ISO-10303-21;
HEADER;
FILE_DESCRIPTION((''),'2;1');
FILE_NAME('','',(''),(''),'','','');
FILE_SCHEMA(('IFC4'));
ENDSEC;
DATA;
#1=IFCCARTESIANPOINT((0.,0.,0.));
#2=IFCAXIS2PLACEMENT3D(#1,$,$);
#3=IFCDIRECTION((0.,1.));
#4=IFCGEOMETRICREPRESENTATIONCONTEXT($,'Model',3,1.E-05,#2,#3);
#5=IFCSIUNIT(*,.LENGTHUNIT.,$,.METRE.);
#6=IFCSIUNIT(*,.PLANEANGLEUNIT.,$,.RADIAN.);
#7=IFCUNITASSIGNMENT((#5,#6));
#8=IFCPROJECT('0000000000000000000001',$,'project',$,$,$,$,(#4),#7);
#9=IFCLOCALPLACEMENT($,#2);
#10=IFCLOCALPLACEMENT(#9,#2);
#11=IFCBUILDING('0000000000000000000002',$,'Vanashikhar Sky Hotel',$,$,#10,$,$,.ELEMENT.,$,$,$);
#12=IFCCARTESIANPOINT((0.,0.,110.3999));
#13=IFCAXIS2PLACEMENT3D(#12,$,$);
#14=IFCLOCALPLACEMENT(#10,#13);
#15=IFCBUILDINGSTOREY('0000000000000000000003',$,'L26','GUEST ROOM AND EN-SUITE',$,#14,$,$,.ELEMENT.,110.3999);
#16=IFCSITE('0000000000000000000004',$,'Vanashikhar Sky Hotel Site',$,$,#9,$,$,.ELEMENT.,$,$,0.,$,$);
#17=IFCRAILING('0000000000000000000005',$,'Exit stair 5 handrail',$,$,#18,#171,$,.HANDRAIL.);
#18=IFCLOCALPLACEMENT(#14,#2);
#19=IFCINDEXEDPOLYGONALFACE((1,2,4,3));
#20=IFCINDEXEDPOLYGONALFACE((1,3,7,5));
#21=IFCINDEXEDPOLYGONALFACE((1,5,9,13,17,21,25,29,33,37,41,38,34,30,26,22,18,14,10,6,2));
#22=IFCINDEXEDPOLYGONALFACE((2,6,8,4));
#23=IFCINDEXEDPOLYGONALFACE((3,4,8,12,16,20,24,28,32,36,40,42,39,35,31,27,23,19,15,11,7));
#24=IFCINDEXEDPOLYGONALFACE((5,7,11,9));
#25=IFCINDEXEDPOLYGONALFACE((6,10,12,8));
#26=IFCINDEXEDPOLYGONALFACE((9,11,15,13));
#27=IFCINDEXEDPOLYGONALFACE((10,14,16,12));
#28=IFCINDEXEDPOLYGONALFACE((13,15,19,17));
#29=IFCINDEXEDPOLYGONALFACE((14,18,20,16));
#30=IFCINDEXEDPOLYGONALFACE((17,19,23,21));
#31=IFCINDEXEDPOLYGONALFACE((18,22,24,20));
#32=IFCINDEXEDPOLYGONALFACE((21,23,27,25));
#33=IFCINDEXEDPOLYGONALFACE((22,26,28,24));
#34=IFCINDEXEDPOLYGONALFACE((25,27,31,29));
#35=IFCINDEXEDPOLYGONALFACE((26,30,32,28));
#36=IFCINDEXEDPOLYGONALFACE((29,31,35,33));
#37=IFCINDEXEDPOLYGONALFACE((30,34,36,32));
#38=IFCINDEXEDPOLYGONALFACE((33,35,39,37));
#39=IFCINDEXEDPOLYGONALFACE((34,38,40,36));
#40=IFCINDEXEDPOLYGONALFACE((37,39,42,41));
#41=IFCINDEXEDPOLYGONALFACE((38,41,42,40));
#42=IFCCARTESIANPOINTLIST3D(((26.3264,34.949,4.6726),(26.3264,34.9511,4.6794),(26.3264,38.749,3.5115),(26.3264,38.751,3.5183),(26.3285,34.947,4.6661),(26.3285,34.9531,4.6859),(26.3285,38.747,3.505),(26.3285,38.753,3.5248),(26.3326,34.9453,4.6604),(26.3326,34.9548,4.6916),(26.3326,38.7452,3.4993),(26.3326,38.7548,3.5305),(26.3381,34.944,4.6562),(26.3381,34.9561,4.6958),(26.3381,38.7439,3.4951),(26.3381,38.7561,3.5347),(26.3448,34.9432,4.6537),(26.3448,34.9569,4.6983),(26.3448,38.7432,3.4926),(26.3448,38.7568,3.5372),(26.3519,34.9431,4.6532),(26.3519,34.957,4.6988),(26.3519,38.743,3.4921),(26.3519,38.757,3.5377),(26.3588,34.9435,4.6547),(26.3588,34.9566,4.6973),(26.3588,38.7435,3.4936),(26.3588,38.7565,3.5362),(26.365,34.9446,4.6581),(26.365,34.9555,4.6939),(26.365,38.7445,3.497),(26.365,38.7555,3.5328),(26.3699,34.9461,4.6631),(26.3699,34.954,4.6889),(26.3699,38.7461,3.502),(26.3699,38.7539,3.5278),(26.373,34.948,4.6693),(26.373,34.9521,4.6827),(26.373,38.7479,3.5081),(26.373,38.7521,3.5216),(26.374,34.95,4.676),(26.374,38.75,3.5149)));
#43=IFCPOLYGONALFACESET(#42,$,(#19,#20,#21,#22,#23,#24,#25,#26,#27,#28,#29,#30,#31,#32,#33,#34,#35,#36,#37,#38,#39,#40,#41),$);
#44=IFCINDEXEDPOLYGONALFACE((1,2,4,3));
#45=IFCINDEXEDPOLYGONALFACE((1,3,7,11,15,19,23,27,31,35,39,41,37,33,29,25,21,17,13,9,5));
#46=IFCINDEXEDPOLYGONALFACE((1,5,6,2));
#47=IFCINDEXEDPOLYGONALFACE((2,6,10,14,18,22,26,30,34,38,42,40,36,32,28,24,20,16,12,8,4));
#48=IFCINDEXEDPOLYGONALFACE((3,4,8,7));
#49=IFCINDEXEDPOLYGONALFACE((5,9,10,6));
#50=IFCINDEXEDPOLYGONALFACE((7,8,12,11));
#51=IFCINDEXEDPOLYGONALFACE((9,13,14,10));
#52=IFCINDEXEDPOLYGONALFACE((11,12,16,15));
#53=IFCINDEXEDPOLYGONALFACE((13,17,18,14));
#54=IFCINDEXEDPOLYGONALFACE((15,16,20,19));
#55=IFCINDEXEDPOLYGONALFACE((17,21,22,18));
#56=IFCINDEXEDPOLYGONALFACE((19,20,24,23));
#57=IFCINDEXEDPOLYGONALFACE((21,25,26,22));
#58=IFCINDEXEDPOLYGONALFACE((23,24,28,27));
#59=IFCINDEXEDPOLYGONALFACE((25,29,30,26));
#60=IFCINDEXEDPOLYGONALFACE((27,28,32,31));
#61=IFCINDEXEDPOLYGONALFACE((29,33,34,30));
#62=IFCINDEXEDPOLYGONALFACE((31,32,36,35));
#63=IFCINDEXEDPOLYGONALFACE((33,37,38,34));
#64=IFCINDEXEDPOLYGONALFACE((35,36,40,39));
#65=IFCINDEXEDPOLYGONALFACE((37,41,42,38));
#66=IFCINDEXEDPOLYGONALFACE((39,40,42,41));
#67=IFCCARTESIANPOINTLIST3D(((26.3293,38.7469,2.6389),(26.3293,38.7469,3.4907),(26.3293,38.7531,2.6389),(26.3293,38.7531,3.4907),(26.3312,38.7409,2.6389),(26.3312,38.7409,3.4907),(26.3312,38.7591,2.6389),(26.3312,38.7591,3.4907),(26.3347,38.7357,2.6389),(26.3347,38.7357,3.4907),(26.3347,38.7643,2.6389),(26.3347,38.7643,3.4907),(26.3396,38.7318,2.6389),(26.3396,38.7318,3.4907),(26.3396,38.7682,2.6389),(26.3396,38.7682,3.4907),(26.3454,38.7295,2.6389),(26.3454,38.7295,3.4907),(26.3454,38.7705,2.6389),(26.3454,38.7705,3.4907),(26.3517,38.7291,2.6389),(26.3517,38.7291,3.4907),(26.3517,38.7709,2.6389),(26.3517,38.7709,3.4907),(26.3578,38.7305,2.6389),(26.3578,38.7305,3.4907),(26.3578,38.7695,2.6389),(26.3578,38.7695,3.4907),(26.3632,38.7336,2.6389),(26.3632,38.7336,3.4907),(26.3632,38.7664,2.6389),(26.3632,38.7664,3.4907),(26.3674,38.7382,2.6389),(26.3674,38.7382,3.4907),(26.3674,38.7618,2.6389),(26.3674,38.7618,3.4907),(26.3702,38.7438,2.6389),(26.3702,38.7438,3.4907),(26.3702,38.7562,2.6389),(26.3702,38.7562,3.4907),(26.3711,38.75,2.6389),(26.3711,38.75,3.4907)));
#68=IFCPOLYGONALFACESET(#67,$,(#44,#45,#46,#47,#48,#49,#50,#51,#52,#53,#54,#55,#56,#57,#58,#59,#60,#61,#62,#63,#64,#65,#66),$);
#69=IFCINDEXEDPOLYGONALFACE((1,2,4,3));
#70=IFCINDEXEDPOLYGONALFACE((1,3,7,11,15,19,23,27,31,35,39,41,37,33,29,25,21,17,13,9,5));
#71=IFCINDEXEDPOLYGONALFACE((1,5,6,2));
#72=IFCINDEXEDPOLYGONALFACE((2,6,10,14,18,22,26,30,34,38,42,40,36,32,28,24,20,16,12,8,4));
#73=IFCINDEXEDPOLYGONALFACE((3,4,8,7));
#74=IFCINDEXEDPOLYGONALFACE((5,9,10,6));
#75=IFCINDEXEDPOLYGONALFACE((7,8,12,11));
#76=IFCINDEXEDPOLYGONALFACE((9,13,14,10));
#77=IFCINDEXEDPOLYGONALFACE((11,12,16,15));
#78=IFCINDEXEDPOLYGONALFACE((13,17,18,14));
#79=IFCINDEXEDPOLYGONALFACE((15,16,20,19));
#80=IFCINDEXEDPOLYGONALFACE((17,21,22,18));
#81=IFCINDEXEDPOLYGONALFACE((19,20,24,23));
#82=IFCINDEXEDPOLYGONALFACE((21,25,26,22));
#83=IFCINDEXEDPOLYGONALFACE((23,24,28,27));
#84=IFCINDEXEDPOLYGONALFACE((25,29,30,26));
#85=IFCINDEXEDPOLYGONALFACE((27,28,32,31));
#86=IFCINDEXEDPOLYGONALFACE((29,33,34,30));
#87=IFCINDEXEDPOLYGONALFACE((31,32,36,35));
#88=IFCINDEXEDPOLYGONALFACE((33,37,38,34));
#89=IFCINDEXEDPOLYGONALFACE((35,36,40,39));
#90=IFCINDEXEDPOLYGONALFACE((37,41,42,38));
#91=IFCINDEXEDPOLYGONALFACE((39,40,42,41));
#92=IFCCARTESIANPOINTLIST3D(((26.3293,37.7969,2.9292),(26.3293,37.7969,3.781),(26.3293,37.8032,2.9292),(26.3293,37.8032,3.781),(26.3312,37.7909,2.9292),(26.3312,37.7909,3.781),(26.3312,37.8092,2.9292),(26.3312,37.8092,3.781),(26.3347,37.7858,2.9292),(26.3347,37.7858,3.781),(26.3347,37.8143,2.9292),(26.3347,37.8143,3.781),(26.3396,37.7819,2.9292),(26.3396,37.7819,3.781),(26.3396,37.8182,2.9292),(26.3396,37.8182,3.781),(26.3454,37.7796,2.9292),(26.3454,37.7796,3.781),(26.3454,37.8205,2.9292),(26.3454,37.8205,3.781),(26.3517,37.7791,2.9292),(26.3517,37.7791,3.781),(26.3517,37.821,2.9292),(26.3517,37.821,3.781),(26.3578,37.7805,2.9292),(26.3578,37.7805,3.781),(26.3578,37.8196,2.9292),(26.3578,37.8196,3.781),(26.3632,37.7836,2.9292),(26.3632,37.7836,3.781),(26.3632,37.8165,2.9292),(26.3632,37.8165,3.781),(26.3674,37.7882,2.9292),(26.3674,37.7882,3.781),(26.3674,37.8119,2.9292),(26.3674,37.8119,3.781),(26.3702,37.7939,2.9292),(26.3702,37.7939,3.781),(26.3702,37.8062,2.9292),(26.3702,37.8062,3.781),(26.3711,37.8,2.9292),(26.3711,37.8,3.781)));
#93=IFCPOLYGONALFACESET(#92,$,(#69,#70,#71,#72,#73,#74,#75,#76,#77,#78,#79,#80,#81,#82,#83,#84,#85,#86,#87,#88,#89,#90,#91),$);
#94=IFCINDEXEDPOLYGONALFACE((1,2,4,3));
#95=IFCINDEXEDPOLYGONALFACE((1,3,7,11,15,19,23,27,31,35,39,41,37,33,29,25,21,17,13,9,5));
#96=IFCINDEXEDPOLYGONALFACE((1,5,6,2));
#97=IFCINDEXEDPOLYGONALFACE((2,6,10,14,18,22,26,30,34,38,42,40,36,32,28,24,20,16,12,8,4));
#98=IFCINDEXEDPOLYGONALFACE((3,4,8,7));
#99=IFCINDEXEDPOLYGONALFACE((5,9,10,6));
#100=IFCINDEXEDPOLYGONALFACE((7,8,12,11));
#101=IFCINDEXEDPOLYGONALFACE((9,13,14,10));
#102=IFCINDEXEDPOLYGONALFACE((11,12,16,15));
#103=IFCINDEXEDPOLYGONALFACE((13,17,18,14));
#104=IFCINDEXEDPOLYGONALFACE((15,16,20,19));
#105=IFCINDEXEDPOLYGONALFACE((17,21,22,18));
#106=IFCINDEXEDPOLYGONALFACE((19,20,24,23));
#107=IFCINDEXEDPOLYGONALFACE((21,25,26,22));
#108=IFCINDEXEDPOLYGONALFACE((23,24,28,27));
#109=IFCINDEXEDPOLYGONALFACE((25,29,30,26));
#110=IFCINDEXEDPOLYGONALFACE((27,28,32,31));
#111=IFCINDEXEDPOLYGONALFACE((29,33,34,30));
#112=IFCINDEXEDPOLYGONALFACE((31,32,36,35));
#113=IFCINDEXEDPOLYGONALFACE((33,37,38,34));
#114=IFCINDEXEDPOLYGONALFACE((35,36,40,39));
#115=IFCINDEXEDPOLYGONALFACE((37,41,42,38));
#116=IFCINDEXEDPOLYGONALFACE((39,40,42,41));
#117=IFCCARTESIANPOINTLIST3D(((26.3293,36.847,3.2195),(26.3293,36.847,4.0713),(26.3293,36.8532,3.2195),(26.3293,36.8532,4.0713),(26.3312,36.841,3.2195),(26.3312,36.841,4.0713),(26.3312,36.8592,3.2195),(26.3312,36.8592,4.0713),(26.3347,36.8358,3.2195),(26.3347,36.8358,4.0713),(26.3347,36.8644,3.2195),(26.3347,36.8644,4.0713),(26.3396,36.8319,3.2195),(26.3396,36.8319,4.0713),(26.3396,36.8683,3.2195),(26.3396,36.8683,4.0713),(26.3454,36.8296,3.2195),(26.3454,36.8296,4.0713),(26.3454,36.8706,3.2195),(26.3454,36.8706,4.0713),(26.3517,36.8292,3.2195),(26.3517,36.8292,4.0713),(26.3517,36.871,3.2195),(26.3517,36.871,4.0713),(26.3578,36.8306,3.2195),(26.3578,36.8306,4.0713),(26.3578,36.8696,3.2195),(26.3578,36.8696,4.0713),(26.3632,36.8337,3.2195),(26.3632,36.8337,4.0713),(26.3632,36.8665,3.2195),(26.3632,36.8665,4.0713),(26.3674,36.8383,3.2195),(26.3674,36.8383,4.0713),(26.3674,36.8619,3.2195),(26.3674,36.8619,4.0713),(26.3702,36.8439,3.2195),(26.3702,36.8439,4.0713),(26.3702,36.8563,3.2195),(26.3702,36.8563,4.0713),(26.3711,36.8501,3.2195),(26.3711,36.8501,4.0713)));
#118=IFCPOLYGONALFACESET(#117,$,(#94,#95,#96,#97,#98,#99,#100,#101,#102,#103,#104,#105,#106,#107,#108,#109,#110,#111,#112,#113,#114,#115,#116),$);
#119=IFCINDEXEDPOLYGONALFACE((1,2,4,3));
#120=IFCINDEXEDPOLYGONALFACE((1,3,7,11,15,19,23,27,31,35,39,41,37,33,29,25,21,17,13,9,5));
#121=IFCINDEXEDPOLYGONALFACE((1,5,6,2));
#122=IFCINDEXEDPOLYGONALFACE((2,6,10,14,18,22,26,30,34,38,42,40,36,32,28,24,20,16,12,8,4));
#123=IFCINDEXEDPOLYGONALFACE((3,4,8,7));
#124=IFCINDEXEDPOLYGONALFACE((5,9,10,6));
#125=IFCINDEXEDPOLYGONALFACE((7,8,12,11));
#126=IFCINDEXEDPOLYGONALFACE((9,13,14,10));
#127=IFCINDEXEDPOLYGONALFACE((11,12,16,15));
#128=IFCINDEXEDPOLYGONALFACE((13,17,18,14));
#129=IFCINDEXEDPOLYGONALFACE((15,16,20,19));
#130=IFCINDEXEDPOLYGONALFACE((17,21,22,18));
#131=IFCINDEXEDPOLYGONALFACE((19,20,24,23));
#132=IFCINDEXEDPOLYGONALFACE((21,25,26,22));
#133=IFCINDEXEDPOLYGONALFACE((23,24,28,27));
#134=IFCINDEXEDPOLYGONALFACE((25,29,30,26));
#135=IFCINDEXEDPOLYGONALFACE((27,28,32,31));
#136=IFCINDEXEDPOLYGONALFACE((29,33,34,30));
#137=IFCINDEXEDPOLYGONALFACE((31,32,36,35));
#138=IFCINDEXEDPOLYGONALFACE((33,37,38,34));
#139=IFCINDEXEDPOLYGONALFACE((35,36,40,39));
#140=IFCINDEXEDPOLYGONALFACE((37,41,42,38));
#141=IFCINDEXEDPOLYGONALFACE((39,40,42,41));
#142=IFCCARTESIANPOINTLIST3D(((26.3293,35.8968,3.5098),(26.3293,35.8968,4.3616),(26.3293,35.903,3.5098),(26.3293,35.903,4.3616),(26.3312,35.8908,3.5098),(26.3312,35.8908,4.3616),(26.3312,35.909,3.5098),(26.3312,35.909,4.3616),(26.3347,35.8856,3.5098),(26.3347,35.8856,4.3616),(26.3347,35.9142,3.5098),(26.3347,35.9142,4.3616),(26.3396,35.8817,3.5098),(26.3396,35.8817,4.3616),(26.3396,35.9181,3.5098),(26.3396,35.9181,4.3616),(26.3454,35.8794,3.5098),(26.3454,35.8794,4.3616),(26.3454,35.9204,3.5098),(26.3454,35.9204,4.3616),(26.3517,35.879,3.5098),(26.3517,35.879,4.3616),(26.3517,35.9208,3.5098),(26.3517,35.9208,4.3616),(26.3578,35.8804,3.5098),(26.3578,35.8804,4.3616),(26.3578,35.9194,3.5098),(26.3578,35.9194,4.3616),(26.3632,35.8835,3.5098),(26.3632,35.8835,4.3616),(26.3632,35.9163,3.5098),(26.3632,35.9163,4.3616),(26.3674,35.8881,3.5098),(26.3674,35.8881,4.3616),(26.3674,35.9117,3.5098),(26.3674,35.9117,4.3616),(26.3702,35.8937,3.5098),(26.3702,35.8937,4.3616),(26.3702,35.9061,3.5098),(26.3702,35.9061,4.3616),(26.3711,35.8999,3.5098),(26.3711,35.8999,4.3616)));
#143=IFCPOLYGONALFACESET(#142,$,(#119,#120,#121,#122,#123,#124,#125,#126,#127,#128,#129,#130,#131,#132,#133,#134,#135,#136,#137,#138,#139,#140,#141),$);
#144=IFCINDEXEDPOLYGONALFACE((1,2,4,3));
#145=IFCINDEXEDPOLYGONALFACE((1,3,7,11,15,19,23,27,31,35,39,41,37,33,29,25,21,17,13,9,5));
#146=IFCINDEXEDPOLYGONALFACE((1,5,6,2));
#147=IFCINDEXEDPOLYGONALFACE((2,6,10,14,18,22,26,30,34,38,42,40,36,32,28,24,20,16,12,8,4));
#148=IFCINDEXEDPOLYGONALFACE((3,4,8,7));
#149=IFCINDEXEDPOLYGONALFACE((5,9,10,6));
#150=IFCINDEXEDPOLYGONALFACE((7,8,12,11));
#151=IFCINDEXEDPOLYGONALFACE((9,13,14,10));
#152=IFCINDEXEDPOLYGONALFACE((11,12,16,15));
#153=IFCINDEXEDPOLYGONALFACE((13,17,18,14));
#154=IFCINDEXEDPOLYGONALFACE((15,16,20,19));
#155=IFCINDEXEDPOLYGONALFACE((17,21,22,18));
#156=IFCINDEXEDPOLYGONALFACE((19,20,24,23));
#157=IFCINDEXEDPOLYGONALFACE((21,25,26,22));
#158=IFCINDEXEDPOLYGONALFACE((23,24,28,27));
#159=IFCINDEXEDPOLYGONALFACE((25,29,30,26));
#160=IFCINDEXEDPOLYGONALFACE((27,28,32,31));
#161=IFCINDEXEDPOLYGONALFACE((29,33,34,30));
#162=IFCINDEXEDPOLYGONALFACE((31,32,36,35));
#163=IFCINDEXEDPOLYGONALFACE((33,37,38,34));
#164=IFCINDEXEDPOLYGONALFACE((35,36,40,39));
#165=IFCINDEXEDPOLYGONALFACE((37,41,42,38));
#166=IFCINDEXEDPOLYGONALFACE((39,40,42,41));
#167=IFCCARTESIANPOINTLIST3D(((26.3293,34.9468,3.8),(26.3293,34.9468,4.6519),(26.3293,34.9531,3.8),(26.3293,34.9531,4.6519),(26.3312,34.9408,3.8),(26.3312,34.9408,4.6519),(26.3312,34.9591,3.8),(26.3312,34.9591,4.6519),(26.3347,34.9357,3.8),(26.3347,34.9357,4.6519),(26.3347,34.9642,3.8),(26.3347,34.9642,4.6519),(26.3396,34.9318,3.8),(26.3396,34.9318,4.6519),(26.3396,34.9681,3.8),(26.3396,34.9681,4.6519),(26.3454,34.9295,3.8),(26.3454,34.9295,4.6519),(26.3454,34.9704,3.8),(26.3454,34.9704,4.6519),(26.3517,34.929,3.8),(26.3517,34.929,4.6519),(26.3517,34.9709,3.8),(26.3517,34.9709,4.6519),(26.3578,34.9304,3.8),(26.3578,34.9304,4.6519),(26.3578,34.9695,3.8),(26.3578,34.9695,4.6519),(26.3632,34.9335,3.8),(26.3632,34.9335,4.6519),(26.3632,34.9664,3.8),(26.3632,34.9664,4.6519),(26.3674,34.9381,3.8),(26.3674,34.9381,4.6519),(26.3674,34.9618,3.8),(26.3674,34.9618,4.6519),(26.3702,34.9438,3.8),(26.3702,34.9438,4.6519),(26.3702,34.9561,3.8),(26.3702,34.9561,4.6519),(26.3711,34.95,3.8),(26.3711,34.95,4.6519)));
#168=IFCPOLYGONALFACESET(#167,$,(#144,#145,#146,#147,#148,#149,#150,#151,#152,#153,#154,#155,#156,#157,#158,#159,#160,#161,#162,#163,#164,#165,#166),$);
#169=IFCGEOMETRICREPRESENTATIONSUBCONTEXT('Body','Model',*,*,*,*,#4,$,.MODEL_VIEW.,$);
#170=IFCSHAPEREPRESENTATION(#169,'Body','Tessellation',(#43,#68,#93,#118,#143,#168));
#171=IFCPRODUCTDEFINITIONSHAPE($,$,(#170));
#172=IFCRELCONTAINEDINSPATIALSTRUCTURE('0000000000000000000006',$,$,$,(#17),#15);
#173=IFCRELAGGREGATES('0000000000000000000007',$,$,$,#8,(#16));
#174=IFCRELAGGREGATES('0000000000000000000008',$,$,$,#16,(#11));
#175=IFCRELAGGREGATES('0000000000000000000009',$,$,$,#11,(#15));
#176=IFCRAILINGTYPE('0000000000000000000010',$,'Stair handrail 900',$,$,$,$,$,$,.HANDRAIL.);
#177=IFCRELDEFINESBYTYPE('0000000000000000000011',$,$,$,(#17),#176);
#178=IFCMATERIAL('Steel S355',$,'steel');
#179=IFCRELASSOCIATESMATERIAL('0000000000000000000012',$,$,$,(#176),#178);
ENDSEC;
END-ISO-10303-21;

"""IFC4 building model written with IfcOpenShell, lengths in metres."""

from ifc_helpers import new_model, si_unit, direction, frame, origin, origin_2d, place, context, subcontext, project, spatial, circle, extrude, source, transform, mapped, material, type_object, element, save


model = new_model("IFC4")

# Units and contexts
model_context = context("Model", 3, precision=1e-05, world=origin(), true_north=direction((0.0, 1.0)))
body_context = subcontext(model_context, "Body", "Model", "MODEL_VIEW")
ifc_project = project(units=[si_unit("LENGTHUNIT", "METRE"), si_unit("PLANEANGLEUNIT", "RADIAN")], contexts=[model_context])

# Site, building, storey
site_placement = place(None, origin())
site = spatial("IfcSite", under=ifc_project, at=site_placement, Name="Vanashikhar Sky Hotel Site", CompositionType="ELEMENT", RefElevation=0.0)
building_placement = place(site_placement, origin())
building = spatial("IfcBuilding", under=site, at=building_placement, Name="Vanashikhar Sky Hotel", CompositionType="ELEMENT")
storey_placement = place(building_placement, frame((0.0, 0.0, 110.3999)))
storey = spatial("IfcBuildingStorey", under=building, at=storey_placement, Name="L26", Description="GUEST ROOM AND EN-SUITE", CompositionType="ELEMENT", Elevation=110.3999)

# Railing
ifc_material_1 = material(Name="Steel S355", Category="steel")
railing_type = type_object("IfcRailingType", Name="Stair handrail 900", PredefinedType="HANDRAIL", material=ifc_material_1)
shared_shape_1 = source(origin(), body_context, "Body", "SweptSolid", [
    extrude(circle(Radius=0.0239, at=origin_2d()), frame((0.0, 0.0, 0.876), z_axis=(0.0, -0.956351, 0.29222), x_axis=(1.0, 0.0, 0.0)), (0.0, 0.0, 1.0), 3.9734),
    extrude(circle(Radius=0.021, at=origin_2d()), origin(), (0.0, 0.0, 1.0), 0.8518),
    extrude(circle(Radius=0.021, at=origin_2d()), frame((0.0, -0.95, 0.2903)), (0.0, 0.0, 1.0), 0.8518),
    extrude(circle(Radius=0.021, at=origin_2d()), frame((0.0, -1.8999, 0.5806)), (0.0, 0.0, 1.0), 0.8518),
    extrude(circle(Radius=0.021, at=origin_2d()), frame((0.0, -2.8501, 0.8708)), (0.0, 0.0, 1.0), 0.8518),
    extrude(circle(Radius=0.021, at=origin_2d()), frame((0.0, -3.8, 1.1611)), (0.0, 0.0, 1.0), 0.8518),
])
for number, where, name in (
    (1, (26.3501, 38.75, 2.6389), "Exit stair 5 handrail"),
):
    element("IfcRailing", number, at=place(storey_placement, frame(where)), inside=storey, type_object=railing_type, Name=name, PredefinedType="HANDRAIL", context=body_context, shape_type="MappedRepresentation", body=[
        mapped(shared_shape_1, transform((0.0, 0.0, 0.0), scale=1.0)),
    ])

save(model, "model.ifc")
